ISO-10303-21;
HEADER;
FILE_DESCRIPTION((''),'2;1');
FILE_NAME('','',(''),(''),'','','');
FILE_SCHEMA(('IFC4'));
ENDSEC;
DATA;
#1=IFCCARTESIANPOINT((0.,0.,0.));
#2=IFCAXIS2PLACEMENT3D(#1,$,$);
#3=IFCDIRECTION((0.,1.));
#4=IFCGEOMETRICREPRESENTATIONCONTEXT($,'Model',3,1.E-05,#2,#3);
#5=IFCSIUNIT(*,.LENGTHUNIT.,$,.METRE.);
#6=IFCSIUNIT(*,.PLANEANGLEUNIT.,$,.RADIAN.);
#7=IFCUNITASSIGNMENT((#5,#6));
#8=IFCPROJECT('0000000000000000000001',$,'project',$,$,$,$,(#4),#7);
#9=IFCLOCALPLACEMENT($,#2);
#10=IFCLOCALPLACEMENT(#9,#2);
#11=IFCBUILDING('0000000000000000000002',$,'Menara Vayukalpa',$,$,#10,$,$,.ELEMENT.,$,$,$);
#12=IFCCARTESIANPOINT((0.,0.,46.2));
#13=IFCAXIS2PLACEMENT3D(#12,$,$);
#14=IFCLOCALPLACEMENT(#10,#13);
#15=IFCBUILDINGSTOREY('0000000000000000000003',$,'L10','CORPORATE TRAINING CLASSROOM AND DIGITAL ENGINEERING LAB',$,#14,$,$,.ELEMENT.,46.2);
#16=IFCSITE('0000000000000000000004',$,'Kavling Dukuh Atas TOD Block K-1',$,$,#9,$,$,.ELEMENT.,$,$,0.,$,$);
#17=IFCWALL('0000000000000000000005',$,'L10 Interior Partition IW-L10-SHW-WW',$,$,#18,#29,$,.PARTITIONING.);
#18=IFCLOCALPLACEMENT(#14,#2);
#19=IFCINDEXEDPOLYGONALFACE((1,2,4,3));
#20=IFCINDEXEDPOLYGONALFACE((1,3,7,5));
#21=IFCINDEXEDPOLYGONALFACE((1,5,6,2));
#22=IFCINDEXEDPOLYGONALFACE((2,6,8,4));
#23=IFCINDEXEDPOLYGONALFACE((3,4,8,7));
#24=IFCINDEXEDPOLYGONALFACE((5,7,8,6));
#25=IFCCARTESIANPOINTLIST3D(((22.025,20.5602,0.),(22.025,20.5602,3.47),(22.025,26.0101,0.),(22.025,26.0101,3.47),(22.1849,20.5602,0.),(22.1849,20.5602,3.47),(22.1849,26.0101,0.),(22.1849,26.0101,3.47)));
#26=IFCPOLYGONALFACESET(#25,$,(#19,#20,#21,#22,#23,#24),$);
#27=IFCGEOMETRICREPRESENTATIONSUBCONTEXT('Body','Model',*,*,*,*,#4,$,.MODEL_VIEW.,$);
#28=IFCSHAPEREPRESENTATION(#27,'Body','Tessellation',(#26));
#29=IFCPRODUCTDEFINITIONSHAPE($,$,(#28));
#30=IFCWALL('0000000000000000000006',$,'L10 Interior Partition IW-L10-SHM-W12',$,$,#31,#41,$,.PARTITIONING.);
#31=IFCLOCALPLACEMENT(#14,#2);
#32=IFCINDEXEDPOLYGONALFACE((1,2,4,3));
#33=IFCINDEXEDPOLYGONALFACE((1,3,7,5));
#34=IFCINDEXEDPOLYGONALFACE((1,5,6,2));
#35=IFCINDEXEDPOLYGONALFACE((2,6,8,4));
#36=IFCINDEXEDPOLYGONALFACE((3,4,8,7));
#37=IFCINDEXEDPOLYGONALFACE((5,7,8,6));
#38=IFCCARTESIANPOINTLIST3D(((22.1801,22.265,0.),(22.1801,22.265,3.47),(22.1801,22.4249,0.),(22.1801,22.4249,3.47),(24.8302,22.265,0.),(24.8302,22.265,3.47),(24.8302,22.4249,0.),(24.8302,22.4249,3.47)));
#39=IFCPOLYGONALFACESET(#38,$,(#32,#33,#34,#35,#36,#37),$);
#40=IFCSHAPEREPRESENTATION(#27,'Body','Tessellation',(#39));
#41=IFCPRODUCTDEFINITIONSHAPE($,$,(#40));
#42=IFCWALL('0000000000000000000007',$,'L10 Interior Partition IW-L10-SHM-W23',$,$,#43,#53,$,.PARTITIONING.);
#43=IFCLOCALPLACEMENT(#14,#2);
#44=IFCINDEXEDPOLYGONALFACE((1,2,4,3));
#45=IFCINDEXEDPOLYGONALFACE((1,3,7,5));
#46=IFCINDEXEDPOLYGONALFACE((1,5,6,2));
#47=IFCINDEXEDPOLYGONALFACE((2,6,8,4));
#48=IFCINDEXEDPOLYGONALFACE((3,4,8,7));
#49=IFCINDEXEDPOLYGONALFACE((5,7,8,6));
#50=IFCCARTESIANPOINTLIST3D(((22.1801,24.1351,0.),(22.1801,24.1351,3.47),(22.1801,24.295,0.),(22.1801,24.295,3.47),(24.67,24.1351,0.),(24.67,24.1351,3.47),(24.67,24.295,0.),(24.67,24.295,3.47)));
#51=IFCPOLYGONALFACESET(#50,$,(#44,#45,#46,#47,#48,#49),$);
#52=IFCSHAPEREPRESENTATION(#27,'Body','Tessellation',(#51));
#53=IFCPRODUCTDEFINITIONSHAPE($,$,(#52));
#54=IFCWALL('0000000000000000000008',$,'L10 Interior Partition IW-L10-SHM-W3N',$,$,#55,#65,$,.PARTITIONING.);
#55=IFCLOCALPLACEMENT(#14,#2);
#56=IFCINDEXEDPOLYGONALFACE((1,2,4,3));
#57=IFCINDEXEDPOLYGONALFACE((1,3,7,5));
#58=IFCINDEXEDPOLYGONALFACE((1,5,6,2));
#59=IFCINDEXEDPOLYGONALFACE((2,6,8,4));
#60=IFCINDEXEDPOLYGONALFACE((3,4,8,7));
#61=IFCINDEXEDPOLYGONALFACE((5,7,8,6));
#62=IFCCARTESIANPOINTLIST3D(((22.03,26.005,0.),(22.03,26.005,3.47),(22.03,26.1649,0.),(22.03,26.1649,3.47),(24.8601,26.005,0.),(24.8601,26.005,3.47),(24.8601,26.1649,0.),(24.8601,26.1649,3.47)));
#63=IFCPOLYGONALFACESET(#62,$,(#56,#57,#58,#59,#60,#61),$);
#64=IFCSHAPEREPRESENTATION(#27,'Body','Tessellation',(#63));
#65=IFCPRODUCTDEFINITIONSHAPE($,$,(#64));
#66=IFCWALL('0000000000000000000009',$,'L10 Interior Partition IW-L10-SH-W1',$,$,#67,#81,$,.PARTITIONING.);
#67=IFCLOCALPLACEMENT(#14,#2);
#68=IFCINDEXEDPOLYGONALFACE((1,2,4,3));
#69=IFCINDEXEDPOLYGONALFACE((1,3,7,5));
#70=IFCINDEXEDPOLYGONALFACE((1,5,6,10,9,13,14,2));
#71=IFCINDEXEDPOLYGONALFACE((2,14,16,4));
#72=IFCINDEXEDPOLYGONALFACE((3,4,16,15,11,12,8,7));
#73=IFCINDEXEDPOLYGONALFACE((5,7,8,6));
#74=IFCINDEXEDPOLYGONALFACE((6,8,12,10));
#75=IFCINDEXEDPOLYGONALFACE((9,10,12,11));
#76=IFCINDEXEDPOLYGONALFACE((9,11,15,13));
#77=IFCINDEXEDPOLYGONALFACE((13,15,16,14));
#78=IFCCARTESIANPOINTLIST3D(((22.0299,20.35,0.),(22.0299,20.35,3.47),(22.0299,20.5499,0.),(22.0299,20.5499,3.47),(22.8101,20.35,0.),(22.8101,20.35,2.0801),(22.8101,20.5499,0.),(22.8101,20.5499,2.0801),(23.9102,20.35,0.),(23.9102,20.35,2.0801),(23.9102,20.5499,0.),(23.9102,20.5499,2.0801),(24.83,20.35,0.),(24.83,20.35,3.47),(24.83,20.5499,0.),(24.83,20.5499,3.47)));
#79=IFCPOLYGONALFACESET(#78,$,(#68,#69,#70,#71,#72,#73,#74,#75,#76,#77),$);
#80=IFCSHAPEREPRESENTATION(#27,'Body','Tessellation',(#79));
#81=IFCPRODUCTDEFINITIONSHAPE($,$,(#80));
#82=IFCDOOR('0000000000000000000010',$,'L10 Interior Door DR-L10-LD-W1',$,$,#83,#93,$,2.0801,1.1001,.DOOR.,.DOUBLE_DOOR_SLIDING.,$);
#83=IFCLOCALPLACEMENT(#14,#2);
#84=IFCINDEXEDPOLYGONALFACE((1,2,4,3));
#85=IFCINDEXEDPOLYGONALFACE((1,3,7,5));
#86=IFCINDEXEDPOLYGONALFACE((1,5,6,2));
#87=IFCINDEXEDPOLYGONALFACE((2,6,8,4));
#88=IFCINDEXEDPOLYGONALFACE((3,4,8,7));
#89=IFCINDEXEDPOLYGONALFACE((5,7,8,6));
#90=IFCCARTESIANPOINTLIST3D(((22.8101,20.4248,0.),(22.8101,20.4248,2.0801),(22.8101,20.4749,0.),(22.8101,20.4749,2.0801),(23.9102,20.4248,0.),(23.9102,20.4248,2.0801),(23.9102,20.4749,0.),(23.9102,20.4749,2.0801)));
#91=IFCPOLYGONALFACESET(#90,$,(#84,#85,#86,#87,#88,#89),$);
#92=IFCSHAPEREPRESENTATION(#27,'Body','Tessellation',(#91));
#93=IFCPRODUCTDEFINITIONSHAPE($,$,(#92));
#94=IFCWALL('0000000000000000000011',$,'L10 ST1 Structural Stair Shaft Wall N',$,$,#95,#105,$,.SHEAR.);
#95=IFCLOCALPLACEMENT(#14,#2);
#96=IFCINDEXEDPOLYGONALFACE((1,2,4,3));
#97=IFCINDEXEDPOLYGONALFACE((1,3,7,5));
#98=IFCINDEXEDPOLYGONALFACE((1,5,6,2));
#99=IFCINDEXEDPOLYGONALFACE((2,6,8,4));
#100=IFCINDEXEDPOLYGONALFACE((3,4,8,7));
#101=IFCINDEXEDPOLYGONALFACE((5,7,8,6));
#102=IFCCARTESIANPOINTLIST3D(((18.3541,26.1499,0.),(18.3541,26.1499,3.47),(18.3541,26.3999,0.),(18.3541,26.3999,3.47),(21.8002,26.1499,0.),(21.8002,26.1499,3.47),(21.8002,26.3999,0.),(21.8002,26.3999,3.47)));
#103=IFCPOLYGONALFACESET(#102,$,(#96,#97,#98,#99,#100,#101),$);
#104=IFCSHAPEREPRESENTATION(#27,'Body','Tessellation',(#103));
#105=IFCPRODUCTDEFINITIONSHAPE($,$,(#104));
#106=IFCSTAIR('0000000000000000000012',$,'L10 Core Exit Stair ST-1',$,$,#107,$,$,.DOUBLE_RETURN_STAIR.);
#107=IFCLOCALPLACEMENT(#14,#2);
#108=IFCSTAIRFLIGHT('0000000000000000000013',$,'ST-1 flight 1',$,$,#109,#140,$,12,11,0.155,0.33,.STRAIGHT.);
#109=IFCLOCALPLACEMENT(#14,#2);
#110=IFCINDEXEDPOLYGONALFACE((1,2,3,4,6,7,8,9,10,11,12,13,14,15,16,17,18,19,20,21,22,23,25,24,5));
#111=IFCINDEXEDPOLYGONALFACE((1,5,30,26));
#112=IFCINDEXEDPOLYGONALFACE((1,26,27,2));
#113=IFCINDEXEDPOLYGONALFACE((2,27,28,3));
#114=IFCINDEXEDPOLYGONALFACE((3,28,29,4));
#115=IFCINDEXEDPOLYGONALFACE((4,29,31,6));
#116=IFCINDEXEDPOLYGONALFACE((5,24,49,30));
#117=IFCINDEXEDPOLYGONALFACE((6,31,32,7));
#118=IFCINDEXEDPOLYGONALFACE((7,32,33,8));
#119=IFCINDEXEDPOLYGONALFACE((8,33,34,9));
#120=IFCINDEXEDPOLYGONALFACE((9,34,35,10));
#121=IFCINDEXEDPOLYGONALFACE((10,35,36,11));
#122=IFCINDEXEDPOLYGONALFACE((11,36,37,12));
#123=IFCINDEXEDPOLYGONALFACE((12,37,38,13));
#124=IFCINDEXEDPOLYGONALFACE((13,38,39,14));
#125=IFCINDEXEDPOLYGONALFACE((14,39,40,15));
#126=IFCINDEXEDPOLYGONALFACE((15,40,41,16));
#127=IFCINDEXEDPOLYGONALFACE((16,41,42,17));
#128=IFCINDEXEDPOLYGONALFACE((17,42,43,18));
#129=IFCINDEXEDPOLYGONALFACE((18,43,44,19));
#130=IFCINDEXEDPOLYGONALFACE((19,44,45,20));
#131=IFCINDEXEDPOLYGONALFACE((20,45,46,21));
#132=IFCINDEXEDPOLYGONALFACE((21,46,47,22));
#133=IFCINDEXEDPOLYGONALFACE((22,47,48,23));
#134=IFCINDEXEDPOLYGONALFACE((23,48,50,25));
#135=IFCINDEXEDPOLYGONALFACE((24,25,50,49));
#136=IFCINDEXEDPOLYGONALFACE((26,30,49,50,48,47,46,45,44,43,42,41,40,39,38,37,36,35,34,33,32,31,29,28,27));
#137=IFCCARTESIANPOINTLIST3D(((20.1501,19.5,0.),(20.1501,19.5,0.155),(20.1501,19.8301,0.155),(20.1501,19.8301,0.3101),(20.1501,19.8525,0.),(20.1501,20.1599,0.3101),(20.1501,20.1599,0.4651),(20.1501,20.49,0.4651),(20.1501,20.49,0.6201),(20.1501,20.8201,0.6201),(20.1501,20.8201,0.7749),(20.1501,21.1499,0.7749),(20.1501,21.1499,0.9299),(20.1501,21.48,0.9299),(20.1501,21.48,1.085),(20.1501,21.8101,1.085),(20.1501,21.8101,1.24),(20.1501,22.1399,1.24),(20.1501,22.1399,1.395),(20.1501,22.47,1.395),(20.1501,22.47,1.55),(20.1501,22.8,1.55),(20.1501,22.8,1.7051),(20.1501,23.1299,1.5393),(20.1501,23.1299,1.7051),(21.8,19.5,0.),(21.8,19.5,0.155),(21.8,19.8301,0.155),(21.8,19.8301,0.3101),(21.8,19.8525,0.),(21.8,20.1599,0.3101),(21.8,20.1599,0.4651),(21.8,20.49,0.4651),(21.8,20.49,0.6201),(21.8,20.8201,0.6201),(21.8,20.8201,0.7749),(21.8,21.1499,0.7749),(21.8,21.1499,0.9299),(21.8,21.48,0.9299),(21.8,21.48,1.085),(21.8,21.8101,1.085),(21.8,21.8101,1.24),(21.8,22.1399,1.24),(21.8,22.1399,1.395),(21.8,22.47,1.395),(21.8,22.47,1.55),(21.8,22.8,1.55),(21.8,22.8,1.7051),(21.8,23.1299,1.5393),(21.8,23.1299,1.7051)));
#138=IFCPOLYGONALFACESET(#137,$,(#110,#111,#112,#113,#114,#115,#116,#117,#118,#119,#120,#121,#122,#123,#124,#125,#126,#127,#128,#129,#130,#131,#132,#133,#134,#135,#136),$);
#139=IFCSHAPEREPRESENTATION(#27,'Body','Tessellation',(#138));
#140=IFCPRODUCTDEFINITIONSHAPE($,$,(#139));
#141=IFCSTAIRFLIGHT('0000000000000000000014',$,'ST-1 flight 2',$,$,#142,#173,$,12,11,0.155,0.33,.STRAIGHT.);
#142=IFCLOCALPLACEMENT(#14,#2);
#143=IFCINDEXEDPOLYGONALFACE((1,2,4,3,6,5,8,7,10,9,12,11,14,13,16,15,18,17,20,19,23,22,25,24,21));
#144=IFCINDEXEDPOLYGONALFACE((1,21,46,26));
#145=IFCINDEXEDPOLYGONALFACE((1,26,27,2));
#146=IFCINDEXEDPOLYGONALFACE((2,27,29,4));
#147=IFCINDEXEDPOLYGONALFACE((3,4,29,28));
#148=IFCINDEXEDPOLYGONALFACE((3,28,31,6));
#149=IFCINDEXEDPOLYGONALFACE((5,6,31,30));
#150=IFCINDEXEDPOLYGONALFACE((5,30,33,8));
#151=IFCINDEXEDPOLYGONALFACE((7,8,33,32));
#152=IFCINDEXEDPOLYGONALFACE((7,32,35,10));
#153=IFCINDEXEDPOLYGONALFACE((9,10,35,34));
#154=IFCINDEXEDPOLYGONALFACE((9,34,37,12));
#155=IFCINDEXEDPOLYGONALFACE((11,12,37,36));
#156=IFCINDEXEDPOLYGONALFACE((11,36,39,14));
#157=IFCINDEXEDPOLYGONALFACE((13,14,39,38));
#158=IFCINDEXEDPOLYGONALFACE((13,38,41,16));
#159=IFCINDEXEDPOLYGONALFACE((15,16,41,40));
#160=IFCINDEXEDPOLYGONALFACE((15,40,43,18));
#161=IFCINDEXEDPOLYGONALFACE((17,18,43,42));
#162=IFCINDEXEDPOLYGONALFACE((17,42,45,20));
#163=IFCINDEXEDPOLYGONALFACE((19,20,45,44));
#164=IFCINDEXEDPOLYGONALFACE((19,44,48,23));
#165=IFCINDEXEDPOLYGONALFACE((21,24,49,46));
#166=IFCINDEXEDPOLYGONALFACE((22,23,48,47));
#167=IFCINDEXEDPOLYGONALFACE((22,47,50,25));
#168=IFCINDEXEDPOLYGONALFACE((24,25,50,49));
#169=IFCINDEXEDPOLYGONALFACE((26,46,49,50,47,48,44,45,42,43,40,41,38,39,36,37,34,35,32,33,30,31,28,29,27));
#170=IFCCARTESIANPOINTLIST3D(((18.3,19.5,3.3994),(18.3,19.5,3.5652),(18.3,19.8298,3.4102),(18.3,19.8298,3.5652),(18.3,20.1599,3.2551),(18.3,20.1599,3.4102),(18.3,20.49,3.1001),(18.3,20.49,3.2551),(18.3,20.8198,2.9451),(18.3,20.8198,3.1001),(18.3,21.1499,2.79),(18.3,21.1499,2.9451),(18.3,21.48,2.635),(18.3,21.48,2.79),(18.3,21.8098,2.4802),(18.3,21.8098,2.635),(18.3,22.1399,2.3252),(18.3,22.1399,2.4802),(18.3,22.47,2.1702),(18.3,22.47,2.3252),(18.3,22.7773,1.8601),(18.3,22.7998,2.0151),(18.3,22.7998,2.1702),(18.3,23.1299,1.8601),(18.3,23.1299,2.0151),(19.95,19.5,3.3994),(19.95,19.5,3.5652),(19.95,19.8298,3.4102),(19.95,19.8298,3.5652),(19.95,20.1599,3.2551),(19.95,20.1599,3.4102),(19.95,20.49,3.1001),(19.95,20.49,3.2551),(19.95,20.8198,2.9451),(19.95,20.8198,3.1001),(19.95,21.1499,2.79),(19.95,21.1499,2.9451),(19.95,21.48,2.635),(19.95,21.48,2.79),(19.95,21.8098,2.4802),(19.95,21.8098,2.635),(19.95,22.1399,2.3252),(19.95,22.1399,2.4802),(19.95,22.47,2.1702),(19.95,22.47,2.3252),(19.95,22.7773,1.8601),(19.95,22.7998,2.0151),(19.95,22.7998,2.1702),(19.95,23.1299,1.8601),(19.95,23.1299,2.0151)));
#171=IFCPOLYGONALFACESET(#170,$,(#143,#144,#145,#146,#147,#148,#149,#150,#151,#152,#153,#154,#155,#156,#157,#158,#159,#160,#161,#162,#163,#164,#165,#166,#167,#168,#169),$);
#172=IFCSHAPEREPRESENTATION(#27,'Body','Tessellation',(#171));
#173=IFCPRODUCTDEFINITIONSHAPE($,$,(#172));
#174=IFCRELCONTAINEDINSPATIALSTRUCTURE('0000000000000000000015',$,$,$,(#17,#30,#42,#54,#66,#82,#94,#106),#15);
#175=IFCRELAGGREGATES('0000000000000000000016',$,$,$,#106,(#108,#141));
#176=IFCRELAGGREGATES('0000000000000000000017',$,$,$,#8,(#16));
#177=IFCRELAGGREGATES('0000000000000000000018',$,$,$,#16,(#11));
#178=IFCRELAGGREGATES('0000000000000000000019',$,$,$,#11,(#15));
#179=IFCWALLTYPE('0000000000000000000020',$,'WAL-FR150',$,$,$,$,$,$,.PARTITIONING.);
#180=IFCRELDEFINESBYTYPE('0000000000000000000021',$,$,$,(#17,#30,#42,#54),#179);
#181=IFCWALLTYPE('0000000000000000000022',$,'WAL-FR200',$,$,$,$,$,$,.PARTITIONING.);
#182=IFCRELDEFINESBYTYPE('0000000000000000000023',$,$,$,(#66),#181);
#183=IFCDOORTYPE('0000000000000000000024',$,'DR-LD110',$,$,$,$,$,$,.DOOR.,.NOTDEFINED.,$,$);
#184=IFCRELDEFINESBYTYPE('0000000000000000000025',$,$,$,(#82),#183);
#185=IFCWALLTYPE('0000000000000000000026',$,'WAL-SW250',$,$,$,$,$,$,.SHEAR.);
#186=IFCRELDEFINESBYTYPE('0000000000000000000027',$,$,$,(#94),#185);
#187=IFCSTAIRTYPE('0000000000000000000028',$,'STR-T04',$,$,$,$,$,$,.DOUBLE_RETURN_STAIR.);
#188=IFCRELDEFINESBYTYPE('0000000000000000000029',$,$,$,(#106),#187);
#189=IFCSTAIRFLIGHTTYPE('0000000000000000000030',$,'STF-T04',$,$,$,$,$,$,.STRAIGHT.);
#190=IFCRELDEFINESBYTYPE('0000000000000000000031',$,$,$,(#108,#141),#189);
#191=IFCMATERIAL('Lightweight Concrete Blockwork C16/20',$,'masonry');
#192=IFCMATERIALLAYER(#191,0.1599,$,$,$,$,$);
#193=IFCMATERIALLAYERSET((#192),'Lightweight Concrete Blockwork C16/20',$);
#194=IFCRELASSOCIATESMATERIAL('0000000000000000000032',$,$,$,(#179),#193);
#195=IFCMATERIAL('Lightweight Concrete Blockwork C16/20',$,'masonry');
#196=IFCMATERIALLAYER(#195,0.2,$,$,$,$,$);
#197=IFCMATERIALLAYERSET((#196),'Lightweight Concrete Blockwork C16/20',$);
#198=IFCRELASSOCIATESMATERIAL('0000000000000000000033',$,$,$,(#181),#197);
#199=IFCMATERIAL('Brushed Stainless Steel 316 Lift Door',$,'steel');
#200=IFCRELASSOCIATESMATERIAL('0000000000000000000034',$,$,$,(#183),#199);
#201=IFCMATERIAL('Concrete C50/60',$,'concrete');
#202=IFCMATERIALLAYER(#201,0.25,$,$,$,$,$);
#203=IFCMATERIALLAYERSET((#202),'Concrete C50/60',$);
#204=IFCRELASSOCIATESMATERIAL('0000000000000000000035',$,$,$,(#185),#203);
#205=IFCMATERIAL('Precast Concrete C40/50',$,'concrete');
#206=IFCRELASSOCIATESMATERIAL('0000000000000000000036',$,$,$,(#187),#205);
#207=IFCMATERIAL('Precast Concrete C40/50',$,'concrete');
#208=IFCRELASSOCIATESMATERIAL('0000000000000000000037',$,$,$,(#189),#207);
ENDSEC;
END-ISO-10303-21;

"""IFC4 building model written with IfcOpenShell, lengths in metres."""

from ifc_helpers import new_model, si_unit, direction, frame, frame_2d, origin, place, context, subcontext, project, spatial, polyline, rectangle, outline, extrude, material, layer, layer_set, type_object, element, fill, aggregate, save


model = new_model("IFC4")

# Units and contexts
model_context = context("Model", 3, precision=1e-05, world=origin(), true_north=direction((0.0, 1.0)))
body_context = subcontext(model_context, "Body", "Model", "MODEL_VIEW")
ifc_project = project(units=[si_unit("LENGTHUNIT", "METRE"), si_unit("PLANEANGLEUNIT", "RADIAN")], contexts=[model_context])

# Site, building, storey
site_placement = place(None, origin())
site = spatial("IfcSite", under=ifc_project, at=site_placement, Name="Kavling Dukuh Atas TOD Block K-1", CompositionType="ELEMENT", RefElevation=0.0)
building_placement = place(site_placement, origin())
building = spatial("IfcBuilding", under=site, at=building_placement, Name="Menara Vayukalpa", CompositionType="ELEMENT")
storey_placement = place(building_placement, frame((0.0, 0.0, 46.2)))
storey = spatial("IfcBuildingStorey", under=building, at=storey_placement, Name="L10", Description="CORPORATE TRAINING CLASSROOM AND DIGITAL ENGINEERING LAB", CompositionType="ELEMENT", Elevation=46.2)

# Walls
ifc_material_1 = material(Name="Lightweight Concrete Blockwork C16/20", Category="masonry")
ifc_layer_1 = layer(ifc_material_1, 0.1599)
ifc_layer_set_1 = layer_set([ifc_layer_1], Name="Lightweight Concrete Blockwork C16/20")
wall_type_1 = type_object("IfcWallType", Name="WAL-FR150", PredefinedType="PARTITIONING", material=ifc_layer_set_1)
wall_1_placement = place(storey_placement, frame((22.105, 20.5601, 0.0), z_axis=(0.0, 0.0, 1.0), x_axis=(0.0, 1.0, 0.0)))
element("IfcWall", 1, at=wall_1_placement, inside=storey, type_object=wall_type_1, Name="L10 Interior Partition IW-L10-SHW-WW", PredefinedType="PARTITIONING", context=body_context, shape_type="SweptSolid", body=[
    extrude(rectangle(XDim=5.45, YDim=0.1599, at=frame_2d((2.7251, 0.0))), origin(), (0.0, 0.0, 1.0), 3.47),
])
wall_2_placement = place(storey_placement, frame((22.1799, 22.345, 0.0), z_axis=(0.0, 0.0, 1.0), x_axis=(1.0, 0.0, 0.0)))
element("IfcWall", 2, at=wall_2_placement, inside=storey, type_object=wall_type_1, Name="L10 Interior Partition IW-L10-SHM-W12", PredefinedType="PARTITIONING", context=body_context, shape_type="SweptSolid", body=[
    extrude(rectangle(XDim=2.6501, YDim=0.1599, at=frame_2d((1.3252, 0.0))), origin(), (0.0, 0.0, 1.0), 3.47),
])
wall_3_placement = place(storey_placement, frame((22.1799, 24.2151, 0.0), z_axis=(0.0, 0.0, 1.0), x_axis=(1.0, 0.0, 0.0)))
element("IfcWall", 3, at=wall_3_placement, inside=storey, type_object=wall_type_1, Name="L10 Interior Partition IW-L10-SHM-W23", PredefinedType="PARTITIONING", context=body_context, shape_type="SweptSolid", body=[
    extrude(rectangle(XDim=2.49, YDim=0.1599, at=frame_2d((1.2451, 0.0))), origin(), (0.0, 0.0, 1.0), 3.47),
])
wall_4_placement = place(storey_placement, frame((22.03, 26.085, 0.0), z_axis=(0.0, 0.0, 1.0), x_axis=(1.0, 0.0, 0.0)))
element("IfcWall", 4, at=wall_4_placement, inside=storey, type_object=wall_type_1, Name="L10 Interior Partition IW-L10-SHM-W3N", PredefinedType="PARTITIONING", context=body_context, shape_type="SweptSolid", body=[
    extrude(rectangle(XDim=2.8301, YDim=0.1599, at=frame_2d((1.415, 0.0))), origin(), (0.0, 0.0, 1.0), 3.47),
])

# Wall, opening, door
ifc_material_2 = material(Name="Lightweight Concrete Blockwork C16/20", Category="masonry")
ifc_layer_2 = layer(ifc_material_2, 0.2)
ifc_layer_set_2 = layer_set([ifc_layer_2], Name="Lightweight Concrete Blockwork C16/20")
wall_type_2 = type_object("IfcWallType", Name="WAL-FR200", PredefinedType="PARTITIONING", material=ifc_layer_set_2)
wall_5_placement = place(storey_placement, frame((22.03, 20.45, 0.0), z_axis=(0.0, 0.0, 1.0), x_axis=(1.0, 0.0, 0.0)))
wall_5 = element("IfcWall", 5, at=wall_5_placement, inside=storey, type_object=wall_type_2, Name="L10 Interior Partition IW-L10-SH-W1", PredefinedType="PARTITIONING", context=body_context, shape_type="SweptSolid", body=[
    extrude(rectangle(XDim=2.8, YDim=0.2, at=frame_2d((1.3999, 0.0))), origin(), (0.0, 0.0, 1.0), 3.47),
])
opening_placement = place(wall_5_placement, frame((0.78, 0.0, 0.0)))
opening = element("IfcOpeningElement", 6, at=opening_placement, cuts=wall_5, PredefinedType="OPENING", context=body_context, shape_type="SweptSolid", body=[
    extrude(rectangle(XDim=1.1001, YDim=2.0801, at=frame_2d((0.55, 1.04))), frame((0.0, 0.1099, 0.0), z_axis=(0.0, -1.0, 0.0), x_axis=(1.0, 0.0, 0.0)), (0.0, 0.0, 1.0), 0.22),
])
ifc_material_3 = material(Name="Brushed Stainless Steel 316 Lift Door", Category="steel")
door_type = type_object("IfcDoorType", Name="DR-LD110", OperationType="NOTDEFINED", PredefinedType="DOOR", material=ifc_material_3)
door_placement = place(opening_placement, origin())
door = element("IfcDoor", 7, at=door_placement, inside=storey, type_object=door_type, Name="L10 Interior Door DR-L10-LD-W1", OperationType="DOUBLE_DOOR_SLIDING", OverallHeight=2.0801, OverallWidth=1.1001, PredefinedType="DOOR", context=body_context, shape_type="SweptSolid", body=[
    extrude(rectangle(XDim=1.1001, YDim=2.0801, at=frame_2d((0.55, 1.04))), frame((0.0, 0.0249, 0.0), z_axis=(0.0, -1.0, 0.0), x_axis=(1.0, 0.0, 0.0)), (0.0, 0.0, 1.0), 0.05),
])
fill(opening, door)

# Wall
ifc_material_4 = material(Name="Concrete C50/60", Category="concrete")
ifc_layer_3 = layer(ifc_material_4, 0.25)
ifc_layer_set_3 = layer_set([ifc_layer_3], Name="Concrete C50/60")
wall_type_3 = type_object("IfcWallType", Name="WAL-SW250", PredefinedType="SHEAR", material=ifc_layer_set_3)
wall_6_placement = place(storey_placement, frame((18.354, 26.2749, 0.0), z_axis=(0.0, 0.0, 1.0), x_axis=(1.0, 0.0, 0.0)))
element("IfcWall", 8, at=wall_6_placement, inside=storey, type_object=wall_type_3, Name="L10 ST1 Structural Stair Shaft Wall N", PredefinedType="SHEAR", context=body_context, shape_type="SweptSolid", body=[
    extrude(rectangle(XDim=3.446, YDim=0.25, at=frame_2d((1.7231, 0.0))), origin(), (0.0, 0.0, 1.0), 3.47),
])

# Stair, stair flights
ifc_material_5 = material(Name="Precast Concrete C40/50", Category="concrete")
stair_type = type_object("IfcStairType", Name="STR-T04", PredefinedType="DOUBLE_RETURN_STAIR", material=ifc_material_5)
stair_placement = place(storey_placement, origin())
stair = element("IfcStair", 9, at=stair_placement, inside=storey, type_object=stair_type, Name="L10 Core Exit Stair ST-1", PredefinedType="DOUBLE_RETURN_STAIR")
ifc_material_6 = material(Name="Precast Concrete C40/50", Category="concrete")
stair_flight_type = type_object("IfcStairFlightType", Name="STF-T04", PredefinedType="STRAIGHT", material=ifc_material_6)
stair_flight_1_placement = place(storey_placement, frame((20.9751, 19.5, 0.0), z_axis=(0.0, 0.0, 1.0), x_axis=(0.0, 1.0, 0.0)))
stair_flight_1 = element("IfcStairFlight", 10, at=stair_flight_1_placement, type_object=stair_flight_type, Name="ST-1 flight 1", NumberOfRisers=12, NumberOfTreads=11, PredefinedType="STRAIGHT", RiserHeight=0.155, TreadLength=0.33, context=body_context, shape_type="SweptSolid", body=[
    extrude(outline(polyline([(0.0, 0.0), (0.0, 0.155), (0.3301, 0.155), (0.3301, 0.3101), (0.6599, 0.3101), (0.6599, 0.4651), (0.99, 0.4651), (0.99, 0.6201), (1.3201, 0.6201), (1.3201, 0.7749), (1.6499, 0.7749), (1.6499, 0.9299), (1.98, 0.9299), (1.98, 1.085), (2.3101, 1.085), (2.3101, 1.24), (2.6399, 1.24), (2.6399, 1.395), (2.97, 1.395), (2.97, 1.55), (3.3, 1.55), (3.3, 1.7051), (3.6299, 1.7051), (3.6299, 1.8601), (3.6299, 1.5393), (0.3525, 0.0), (0.0, 0.0)])), frame((0.0, 0.825, 0.0), z_axis=(0.0, -1.0, 0.0), x_axis=(1.0, 0.0, 0.0)), (0.0, 0.0, 1.0), 1.6499),
])
stair_flight_2_placement = place(storey_placement, frame((19.125, 23.1299, 1.8601), z_axis=(0.0, 0.0, 1.0), x_axis=(0.0, -1.0, 0.0)))
stair_flight_2 = element("IfcStairFlight", 11, at=stair_flight_2_placement, type_object=stair_flight_type, Name="ST-1 flight 2", NumberOfRisers=12, NumberOfTreads=11, PredefinedType="STRAIGHT", RiserHeight=0.155, TreadLength=0.33, context=body_context, shape_type="SweptSolid", body=[
    extrude(outline(polyline([(0.0, 0.0), (0.0, 0.155), (0.3301, 0.155), (0.3301, 0.3101), (0.6599, 0.3101), (0.6599, 0.4651), (0.99, 0.4651), (0.99, 0.6201), (1.3201, 0.6201), (1.3201, 0.7749), (1.6499, 0.7749), (1.6499, 0.9299), (1.98, 0.9299), (1.98, 1.085), (2.3101, 1.085), (2.3101, 1.24), (2.6399, 1.24), (2.6399, 1.395), (2.97, 1.395), (2.97, 1.55), (3.3, 1.55), (3.3, 1.7051), (3.6299, 1.7051), (3.6299, 1.8601), (3.6299, 1.5393), (0.3525, 0.0), (0.0, 0.0)])), frame((0.0, 0.825, 0.0), z_axis=(0.0, -1.0, 0.0), x_axis=(1.0, 0.0, 0.0)), (0.0, 0.0, 1.0), 1.6499),
])
aggregate(stair, [stair_flight_1, stair_flight_2])

save(model, "model.ifc")
